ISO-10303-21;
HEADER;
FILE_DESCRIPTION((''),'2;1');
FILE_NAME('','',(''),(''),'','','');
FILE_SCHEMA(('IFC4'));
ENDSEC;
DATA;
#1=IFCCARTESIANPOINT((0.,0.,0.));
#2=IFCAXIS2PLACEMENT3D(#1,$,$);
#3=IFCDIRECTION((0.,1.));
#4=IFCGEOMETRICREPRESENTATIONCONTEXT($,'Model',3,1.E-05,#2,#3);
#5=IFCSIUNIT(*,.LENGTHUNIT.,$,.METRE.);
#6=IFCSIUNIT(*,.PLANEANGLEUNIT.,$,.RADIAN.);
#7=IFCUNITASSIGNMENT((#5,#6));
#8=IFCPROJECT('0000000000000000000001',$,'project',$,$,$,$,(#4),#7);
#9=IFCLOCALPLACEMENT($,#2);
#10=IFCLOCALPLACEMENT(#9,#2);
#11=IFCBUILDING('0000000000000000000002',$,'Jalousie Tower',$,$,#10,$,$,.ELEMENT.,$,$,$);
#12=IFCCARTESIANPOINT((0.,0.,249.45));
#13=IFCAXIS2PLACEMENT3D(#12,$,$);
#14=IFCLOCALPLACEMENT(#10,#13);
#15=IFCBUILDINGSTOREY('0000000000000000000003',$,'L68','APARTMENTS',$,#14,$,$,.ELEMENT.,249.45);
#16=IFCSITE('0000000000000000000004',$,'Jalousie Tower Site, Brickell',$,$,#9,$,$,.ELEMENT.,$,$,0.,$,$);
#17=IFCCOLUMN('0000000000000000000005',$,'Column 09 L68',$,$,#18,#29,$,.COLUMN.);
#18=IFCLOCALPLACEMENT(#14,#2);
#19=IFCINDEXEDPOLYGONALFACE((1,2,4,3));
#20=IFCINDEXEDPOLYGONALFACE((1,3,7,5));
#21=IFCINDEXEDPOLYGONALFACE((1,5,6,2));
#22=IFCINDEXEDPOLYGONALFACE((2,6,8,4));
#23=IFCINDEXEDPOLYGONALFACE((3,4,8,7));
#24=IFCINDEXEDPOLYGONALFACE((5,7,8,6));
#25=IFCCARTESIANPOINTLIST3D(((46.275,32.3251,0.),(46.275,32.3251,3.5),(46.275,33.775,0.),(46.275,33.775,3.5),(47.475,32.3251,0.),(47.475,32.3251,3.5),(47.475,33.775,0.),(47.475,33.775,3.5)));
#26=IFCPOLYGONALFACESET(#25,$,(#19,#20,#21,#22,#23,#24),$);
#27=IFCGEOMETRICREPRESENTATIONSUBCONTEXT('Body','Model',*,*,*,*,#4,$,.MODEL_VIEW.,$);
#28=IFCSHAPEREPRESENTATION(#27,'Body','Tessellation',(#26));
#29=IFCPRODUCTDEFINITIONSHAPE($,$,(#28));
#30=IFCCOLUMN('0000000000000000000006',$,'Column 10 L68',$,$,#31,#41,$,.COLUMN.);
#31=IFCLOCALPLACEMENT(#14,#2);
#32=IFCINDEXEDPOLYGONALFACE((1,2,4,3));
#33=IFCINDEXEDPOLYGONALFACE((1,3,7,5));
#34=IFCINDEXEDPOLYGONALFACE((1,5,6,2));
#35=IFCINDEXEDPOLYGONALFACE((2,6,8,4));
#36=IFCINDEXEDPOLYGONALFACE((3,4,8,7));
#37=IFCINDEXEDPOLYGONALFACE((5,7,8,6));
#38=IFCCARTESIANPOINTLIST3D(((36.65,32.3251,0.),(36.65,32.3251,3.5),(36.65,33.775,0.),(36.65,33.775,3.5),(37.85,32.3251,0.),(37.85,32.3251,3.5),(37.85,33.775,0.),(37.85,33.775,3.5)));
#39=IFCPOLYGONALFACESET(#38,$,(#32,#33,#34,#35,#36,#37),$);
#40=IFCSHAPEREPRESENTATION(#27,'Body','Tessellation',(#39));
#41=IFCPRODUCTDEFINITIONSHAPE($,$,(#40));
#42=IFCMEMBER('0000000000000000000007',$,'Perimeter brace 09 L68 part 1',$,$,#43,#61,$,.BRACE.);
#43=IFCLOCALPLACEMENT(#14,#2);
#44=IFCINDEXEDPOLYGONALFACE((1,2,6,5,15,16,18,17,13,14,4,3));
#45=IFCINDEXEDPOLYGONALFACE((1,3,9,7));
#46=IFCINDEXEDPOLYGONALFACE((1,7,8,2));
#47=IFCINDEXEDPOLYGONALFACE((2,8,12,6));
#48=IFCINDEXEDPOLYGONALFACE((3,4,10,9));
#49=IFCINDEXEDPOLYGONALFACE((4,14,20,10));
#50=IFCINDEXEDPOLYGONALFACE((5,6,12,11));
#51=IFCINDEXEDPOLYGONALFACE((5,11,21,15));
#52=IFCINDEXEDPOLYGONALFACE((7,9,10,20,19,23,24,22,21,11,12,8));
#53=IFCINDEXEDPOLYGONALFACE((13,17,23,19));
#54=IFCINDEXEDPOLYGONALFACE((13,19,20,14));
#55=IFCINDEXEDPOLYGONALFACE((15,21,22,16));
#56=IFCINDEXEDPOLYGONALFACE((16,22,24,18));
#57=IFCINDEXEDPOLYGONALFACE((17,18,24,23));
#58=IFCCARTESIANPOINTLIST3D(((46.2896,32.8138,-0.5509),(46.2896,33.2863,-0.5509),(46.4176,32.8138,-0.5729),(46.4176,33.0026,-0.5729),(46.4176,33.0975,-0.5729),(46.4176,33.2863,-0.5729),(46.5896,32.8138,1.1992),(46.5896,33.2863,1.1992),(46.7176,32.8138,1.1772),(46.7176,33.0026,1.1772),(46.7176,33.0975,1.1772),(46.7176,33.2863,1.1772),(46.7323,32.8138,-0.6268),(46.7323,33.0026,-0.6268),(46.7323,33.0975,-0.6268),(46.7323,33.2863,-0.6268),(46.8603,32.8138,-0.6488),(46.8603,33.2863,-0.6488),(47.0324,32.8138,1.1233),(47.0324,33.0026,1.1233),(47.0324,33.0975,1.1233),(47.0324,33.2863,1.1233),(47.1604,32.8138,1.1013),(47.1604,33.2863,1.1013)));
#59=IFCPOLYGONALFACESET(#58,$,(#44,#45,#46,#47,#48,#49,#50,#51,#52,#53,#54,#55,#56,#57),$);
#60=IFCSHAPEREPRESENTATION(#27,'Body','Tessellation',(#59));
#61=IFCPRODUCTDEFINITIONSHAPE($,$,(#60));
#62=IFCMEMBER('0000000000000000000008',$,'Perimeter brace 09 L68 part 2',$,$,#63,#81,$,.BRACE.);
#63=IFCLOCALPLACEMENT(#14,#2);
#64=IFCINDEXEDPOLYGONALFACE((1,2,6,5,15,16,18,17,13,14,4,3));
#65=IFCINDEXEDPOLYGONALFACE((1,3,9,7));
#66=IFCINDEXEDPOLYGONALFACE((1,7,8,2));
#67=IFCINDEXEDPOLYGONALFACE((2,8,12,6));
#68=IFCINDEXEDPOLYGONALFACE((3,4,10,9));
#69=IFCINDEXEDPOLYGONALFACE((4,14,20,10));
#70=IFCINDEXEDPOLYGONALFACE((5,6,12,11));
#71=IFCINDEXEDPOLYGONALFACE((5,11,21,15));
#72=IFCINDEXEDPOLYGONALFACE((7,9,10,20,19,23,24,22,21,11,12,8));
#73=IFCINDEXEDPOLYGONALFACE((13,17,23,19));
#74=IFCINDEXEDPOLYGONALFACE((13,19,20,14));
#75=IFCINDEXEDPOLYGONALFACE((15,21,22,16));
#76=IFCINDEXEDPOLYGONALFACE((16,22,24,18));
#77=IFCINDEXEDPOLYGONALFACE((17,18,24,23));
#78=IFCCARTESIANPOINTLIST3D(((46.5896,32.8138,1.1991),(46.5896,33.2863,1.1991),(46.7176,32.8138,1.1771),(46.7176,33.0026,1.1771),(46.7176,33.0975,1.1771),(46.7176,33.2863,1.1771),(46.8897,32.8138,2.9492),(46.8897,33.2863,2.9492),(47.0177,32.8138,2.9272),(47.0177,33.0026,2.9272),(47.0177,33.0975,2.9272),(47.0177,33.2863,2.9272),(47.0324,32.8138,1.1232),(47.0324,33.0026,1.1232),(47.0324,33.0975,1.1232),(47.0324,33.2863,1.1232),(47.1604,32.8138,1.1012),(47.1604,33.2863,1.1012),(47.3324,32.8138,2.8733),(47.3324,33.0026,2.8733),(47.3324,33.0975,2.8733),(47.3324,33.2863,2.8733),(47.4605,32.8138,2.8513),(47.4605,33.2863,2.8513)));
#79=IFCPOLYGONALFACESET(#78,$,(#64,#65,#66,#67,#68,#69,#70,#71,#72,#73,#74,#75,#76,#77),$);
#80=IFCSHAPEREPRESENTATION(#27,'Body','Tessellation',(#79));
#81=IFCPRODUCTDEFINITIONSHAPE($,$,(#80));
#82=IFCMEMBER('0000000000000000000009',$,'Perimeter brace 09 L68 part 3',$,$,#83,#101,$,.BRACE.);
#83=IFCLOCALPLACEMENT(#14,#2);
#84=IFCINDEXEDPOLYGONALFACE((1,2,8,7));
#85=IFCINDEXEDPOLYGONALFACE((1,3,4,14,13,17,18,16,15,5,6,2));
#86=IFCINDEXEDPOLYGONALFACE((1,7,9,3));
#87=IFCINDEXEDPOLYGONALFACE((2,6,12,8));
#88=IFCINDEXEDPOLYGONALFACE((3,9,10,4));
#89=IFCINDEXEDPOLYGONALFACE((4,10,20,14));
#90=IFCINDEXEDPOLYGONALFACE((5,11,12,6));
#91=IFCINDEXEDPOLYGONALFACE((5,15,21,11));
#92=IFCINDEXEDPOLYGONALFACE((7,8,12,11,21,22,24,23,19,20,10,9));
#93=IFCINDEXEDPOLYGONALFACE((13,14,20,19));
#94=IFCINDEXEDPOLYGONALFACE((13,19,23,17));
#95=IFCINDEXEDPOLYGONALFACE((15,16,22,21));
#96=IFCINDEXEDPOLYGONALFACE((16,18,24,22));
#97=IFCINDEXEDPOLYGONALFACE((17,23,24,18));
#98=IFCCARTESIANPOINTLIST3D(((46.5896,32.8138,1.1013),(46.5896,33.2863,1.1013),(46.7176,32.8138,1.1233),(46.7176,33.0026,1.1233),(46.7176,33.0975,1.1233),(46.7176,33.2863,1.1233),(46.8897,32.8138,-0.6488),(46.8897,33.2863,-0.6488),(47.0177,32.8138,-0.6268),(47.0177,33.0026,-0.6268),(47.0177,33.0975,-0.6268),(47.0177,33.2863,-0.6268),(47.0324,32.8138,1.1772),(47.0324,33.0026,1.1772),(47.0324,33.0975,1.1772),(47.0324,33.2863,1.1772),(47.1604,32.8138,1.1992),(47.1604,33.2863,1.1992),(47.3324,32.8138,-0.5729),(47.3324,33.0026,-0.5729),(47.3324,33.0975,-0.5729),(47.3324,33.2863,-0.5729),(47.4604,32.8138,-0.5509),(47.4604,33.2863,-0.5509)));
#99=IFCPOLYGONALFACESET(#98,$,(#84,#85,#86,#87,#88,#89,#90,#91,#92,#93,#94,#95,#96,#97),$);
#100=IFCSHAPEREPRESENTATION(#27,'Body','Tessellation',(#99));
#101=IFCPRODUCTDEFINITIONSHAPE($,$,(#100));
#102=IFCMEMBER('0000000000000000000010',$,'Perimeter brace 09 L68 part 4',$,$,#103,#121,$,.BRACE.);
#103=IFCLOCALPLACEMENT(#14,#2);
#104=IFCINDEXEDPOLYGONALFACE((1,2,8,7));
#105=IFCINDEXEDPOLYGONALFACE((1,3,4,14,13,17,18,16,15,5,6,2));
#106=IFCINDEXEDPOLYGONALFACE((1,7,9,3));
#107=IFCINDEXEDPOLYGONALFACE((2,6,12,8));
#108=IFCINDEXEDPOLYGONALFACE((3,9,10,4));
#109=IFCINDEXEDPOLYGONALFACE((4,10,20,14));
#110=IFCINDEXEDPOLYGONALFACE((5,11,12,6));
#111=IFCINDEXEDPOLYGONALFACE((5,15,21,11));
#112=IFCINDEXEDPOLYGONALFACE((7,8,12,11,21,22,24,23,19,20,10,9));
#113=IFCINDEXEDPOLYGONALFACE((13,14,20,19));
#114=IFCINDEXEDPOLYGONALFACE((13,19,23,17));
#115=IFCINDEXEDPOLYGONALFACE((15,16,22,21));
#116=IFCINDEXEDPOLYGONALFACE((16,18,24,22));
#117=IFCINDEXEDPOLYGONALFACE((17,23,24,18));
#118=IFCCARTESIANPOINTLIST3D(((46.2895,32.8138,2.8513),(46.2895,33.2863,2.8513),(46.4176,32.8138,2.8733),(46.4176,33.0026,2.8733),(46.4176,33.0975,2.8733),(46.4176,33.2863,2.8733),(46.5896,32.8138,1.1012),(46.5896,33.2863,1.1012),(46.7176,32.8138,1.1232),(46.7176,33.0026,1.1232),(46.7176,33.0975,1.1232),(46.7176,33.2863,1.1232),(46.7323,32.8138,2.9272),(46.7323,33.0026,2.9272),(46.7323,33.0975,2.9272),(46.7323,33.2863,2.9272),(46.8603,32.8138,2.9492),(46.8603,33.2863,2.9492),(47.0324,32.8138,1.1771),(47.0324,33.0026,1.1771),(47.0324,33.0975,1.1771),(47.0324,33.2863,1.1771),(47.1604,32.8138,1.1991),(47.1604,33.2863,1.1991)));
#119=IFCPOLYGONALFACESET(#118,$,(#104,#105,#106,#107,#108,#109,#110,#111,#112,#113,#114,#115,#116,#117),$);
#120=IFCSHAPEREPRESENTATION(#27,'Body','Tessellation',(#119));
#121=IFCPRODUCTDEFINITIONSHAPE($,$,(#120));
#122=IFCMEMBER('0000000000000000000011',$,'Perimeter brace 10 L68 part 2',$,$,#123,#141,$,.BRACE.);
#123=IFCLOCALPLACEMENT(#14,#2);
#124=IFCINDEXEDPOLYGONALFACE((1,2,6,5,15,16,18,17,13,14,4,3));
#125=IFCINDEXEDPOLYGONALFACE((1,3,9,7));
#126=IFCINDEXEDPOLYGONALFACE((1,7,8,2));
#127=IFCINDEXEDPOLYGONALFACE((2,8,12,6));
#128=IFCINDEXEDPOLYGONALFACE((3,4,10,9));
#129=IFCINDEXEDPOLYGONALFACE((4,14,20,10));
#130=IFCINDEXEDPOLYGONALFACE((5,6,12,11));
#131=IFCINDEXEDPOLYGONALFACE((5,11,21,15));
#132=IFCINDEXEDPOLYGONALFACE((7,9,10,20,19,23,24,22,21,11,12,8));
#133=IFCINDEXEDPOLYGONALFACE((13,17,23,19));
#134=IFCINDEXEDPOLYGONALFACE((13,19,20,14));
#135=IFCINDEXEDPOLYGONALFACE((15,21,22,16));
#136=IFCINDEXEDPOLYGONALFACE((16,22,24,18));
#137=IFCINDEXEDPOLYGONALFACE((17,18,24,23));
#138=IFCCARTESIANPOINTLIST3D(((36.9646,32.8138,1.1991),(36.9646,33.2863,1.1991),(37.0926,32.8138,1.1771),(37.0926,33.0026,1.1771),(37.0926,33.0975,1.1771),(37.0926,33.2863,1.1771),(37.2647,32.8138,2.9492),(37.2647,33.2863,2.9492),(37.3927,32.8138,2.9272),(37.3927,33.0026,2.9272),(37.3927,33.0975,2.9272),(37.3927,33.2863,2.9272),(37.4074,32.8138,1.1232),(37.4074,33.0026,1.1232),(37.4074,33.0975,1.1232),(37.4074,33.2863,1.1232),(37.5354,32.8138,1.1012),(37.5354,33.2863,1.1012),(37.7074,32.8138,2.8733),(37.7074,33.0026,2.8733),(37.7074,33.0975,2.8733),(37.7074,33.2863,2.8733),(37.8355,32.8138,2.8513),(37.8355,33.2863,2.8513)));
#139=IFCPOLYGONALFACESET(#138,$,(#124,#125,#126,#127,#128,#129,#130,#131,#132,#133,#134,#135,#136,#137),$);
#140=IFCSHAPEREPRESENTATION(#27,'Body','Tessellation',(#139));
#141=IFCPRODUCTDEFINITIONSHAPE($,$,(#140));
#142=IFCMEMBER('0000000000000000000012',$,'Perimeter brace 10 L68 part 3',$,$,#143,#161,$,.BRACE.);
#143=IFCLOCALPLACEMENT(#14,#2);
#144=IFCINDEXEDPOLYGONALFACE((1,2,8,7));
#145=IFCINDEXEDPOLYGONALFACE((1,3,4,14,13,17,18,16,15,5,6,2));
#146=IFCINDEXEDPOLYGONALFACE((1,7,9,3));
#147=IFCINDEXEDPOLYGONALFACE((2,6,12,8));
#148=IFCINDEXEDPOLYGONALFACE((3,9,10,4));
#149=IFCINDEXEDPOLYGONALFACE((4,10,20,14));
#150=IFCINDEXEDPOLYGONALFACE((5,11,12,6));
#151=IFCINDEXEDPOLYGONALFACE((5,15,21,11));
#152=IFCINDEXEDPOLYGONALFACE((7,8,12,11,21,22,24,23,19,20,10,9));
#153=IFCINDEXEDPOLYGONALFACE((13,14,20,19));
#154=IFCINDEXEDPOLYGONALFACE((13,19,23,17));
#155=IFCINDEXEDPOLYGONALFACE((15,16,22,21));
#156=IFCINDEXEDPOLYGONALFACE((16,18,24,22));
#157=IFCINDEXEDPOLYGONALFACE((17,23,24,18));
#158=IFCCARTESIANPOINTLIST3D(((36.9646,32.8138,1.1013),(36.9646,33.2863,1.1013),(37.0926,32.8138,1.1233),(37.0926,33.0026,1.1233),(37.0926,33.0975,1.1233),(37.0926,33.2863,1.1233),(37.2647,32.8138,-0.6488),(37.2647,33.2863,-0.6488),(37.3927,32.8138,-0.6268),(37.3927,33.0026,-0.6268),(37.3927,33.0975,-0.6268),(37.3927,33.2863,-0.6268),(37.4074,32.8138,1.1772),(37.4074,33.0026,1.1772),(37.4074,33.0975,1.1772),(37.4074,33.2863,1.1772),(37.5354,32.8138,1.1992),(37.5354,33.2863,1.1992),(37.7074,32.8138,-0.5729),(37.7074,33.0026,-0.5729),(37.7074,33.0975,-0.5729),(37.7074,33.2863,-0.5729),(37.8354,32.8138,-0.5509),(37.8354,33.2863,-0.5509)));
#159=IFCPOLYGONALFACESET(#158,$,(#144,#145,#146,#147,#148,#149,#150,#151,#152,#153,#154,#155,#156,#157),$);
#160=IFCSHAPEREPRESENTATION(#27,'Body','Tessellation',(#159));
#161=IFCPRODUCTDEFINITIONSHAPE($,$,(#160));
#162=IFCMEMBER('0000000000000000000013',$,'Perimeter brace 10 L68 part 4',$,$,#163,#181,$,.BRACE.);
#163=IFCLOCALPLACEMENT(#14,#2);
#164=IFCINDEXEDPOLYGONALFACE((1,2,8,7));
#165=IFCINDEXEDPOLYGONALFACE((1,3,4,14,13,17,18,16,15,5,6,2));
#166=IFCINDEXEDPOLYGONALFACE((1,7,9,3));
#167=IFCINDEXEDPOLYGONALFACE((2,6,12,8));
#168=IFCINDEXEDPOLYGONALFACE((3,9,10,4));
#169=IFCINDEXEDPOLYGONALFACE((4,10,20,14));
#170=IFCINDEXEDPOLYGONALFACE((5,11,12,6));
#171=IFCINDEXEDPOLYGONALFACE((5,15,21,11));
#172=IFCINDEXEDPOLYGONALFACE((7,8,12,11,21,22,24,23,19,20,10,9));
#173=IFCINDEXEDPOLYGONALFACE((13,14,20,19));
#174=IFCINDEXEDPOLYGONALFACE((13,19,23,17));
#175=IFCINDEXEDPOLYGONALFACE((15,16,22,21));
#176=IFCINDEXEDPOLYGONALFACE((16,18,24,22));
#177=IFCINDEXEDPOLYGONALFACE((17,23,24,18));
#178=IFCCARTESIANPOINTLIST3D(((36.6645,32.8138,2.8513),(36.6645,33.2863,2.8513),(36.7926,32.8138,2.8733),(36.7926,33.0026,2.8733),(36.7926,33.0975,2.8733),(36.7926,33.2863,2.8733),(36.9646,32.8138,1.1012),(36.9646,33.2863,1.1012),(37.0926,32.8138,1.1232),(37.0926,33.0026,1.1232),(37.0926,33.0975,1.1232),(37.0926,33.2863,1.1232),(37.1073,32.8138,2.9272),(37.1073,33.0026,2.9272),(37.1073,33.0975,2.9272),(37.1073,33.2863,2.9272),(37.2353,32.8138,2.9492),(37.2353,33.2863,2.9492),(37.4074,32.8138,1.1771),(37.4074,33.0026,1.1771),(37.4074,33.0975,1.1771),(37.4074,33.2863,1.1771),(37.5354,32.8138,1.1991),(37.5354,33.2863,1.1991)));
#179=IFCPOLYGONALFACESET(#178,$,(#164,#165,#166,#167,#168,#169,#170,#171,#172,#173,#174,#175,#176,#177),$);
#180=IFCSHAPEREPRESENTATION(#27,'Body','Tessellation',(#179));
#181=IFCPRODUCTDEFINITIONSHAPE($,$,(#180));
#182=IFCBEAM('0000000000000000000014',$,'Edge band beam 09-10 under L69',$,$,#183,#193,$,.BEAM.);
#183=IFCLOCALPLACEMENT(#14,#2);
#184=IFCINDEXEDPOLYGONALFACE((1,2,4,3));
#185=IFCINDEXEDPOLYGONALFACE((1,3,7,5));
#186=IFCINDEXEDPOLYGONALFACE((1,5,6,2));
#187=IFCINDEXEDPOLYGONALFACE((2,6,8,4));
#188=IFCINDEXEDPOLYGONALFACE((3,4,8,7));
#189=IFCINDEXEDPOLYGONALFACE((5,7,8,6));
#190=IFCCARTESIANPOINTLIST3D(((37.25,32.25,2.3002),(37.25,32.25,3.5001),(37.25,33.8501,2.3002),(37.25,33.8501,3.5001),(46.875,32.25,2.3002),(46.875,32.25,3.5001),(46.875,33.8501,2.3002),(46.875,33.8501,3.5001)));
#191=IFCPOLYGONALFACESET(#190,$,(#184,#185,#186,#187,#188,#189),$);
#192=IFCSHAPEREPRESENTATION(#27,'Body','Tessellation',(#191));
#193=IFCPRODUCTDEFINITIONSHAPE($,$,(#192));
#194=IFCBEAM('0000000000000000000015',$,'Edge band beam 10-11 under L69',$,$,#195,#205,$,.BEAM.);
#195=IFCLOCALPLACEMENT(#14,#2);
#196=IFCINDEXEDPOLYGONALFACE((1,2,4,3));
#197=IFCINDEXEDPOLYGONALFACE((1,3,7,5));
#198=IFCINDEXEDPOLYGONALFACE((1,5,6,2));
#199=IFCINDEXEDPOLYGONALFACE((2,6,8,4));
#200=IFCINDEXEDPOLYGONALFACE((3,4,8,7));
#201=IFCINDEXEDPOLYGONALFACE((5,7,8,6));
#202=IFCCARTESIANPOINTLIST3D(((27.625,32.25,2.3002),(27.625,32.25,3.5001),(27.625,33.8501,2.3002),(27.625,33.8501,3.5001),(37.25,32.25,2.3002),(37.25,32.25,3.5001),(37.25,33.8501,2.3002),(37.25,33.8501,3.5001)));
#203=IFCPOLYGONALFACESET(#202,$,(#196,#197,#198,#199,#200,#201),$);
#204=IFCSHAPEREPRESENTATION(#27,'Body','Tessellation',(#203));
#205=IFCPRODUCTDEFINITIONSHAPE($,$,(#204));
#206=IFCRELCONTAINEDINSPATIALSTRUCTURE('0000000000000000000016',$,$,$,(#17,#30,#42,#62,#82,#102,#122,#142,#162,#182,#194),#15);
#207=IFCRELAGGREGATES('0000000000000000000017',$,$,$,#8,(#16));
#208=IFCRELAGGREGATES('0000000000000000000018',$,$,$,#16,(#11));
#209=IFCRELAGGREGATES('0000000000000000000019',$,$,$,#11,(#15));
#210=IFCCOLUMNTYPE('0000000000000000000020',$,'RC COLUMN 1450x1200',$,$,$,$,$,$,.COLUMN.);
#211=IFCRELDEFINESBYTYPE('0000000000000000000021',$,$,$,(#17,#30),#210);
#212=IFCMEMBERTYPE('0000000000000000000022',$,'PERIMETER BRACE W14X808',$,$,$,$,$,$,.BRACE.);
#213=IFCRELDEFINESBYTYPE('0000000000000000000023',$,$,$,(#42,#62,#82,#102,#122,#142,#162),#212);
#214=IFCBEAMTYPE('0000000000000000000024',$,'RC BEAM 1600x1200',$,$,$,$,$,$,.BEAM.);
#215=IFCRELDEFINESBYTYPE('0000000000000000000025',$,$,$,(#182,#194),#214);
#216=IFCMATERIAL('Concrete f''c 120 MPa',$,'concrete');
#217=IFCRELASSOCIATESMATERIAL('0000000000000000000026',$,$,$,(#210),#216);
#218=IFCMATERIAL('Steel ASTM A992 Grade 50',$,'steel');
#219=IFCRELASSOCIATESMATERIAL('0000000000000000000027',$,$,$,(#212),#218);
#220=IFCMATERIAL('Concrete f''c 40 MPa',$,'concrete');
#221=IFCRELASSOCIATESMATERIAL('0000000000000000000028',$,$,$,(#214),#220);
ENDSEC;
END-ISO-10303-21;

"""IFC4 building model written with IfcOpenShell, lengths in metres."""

from ifc_helpers import new_model, si_unit, direction, frame, origin, origin_2d, place, context, subcontext, project, spatial, rectangle, i_section, extrude, material, material_profile, profile_set, type_object, element, save


model = new_model("IFC4")

# Units and contexts
model_context = context("Model", 3, precision=1e-05, world=origin(), true_north=direction((0.0, 1.0)))
body_context = subcontext(model_context, "Body", "Model", "MODEL_VIEW")
ifc_project = project(units=[si_unit("LENGTHUNIT", "METRE"), si_unit("PLANEANGLEUNIT", "RADIAN")], contexts=[model_context])

# Site, building, storey
site_placement = place(None, origin())
site = spatial("IfcSite", under=ifc_project, at=site_placement, Name="Jalousie Tower Site, Brickell", CompositionType="ELEMENT", RefElevation=0.0)
building_placement = place(site_placement, origin())
building = spatial("IfcBuilding", under=site, at=building_placement, Name="Jalousie Tower", CompositionType="ELEMENT")
storey_placement = place(building_placement, frame((0.0, 0.0, 249.45)))
storey = spatial("IfcBuildingStorey", under=building, at=storey_placement, Name="L68", Description="APARTMENTS", CompositionType="ELEMENT", Elevation=249.45)

# Columns
ifc_material_1 = material(Name="Concrete f'c 120 MPa", Category="concrete")
ifc_material_profile_1 = material_profile(ifc_material_1, rectangle(XDim=1.45, YDim=1.2, at=origin_2d()), Name="RC 1450x1200")
ifc_profile_set_1 = profile_set([ifc_material_profile_1], Name="Concrete f'c 120 MPa")
column_type = type_object("IfcColumnType", Name="RC COLUMN 1450x1200", PredefinedType="COLUMN", material=ifc_profile_set_1)
for number, where, z_axis, x_axis, name in (
    (1, (46.875, 33.05, 0.0), (0.0, 0.0, 1.0), (0.0, 1.0, 0.0), "Column 09 L68"),
    (2, (37.25, 33.05, 0.0), (0.0, 0.0, 1.0), (0.0, 1.0, 0.0), "Column 10 L68"),
):
    element("IfcColumn", number, at=place(storey_placement, frame(where, z_axis=z_axis, x_axis=x_axis)), inside=storey, type_object=column_type, Name=name, PredefinedType="COLUMN", context=body_context, shape_type="SweptSolid", body=[
        extrude(rectangle(XDim=1.45, YDim=1.2, at=origin_2d()), origin(), (0.0, 0.0, 1.0), 3.5),
    ])

# Members
ifc_material_2 = material(Name="Steel ASTM A992 Grade 50", Category="steel")
ifc_material_profile_2 = material_profile(ifc_material_2, i_section(OverallWidth=0.4724, OverallDepth=0.5791, WebThickness=0.095, FlangeThickness=0.1299, at=origin_2d()), Name="W14X808")
ifc_profile_set_2 = profile_set([ifc_material_profile_2], Name="Steel ASTM A992 Grade 50")
member_type_1 = type_object("IfcMemberType", Name="PERIMETER BRACE W14X808", PredefinedType="BRACE", material=ifc_profile_set_2)
for number, where, z_axis, x_axis, name in (
    (3, (46.575, 33.05, -0.5999), (0.168991, 0.0, 0.985618), (0.0, 1.0, 0.0), "Perimeter brace 09 L68 part 1"),
    (4, (46.875, 33.05, 1.1501), (0.168991, 0.0, 0.985618), (0.0, 1.0, 0.0), "Perimeter brace 09 L68 part 2"),
    (5, (47.175, 33.05, -0.5999), (-0.168991, 0.0, 0.985618), (0.0, -1.0, 0.0), "Perimeter brace 09 L68 part 3"),
    (6, (46.875, 33.05, 1.1501), (-0.168991, 0.0, 0.985618), (0.0, -1.0, 0.0), "Perimeter brace 09 L68 part 4"),
    (7, (37.25, 33.05, 1.1501), (0.168991, 0.0, 0.985618), (0.0, 1.0, 0.0), "Perimeter brace 10 L68 part 2"),
    (8, (37.55, 33.05, -0.5999), (-0.168991, 0.0, 0.985618), (0.0, -1.0, 0.0), "Perimeter brace 10 L68 part 3"),
    (9, (37.25, 33.05, 1.1501), (-0.168991, 0.0, 0.985618), (0.0, -1.0, 0.0), "Perimeter brace 10 L68 part 4"),
):
    element("IfcMember", number, at=place(storey_placement, frame(where, z_axis=z_axis, x_axis=x_axis)), inside=storey, type_object=member_type_1, Name=name, PredefinedType="BRACE", context=body_context, shape_type="SweptSolid", body=[
        extrude(i_section(OverallWidth=0.4724, OverallDepth=0.5791, WebThickness=0.095, FlangeThickness=0.1299, at=origin_2d()), origin(), (0.0, 0.0, 1.0), 1.7756),
    ])

# Beams
ifc_material_3 = material(Name="Concrete f'c 40 MPa", Category="concrete")
ifc_material_profile_3 = material_profile(ifc_material_3, rectangle(XDim=1.6001, YDim=1.2, at=origin_2d()), Name="RC 1600x1200")
ifc_profile_set_3 = profile_set([ifc_material_profile_3], Name="Concrete f'c 40 MPa")
beam_type_1 = type_object("IfcBeamType", Name="RC BEAM 1600x1200", PredefinedType="BEAM", material=ifc_profile_set_3)
for number, where, z_axis, x_axis, name in (
    (10, (46.875, 33.05, 2.9001), (-1.0, 0.0, 0.0), (0.0, -1.0, 0.0), "Edge band beam 09-10 under L69"),
    (11, (37.25, 33.05, 2.9001), (-1.0, 0.0, 0.0), (0.0, -1.0, 0.0), "Edge band beam 10-11 under L69"),
):
    element("IfcBeam", number, at=place(storey_placement, frame(where, z_axis=z_axis, x_axis=x_axis)), inside=storey, type_object=beam_type_1, Name=name, PredefinedType="BEAM", context=body_context, shape_type="SweptSolid", body=[
        extrude(rectangle(XDim=1.6001, YDim=1.2, at=origin_2d()), origin(), (0.0, 0.0, 1.0), 9.625),
    ])

save(model, "model.ifc")
